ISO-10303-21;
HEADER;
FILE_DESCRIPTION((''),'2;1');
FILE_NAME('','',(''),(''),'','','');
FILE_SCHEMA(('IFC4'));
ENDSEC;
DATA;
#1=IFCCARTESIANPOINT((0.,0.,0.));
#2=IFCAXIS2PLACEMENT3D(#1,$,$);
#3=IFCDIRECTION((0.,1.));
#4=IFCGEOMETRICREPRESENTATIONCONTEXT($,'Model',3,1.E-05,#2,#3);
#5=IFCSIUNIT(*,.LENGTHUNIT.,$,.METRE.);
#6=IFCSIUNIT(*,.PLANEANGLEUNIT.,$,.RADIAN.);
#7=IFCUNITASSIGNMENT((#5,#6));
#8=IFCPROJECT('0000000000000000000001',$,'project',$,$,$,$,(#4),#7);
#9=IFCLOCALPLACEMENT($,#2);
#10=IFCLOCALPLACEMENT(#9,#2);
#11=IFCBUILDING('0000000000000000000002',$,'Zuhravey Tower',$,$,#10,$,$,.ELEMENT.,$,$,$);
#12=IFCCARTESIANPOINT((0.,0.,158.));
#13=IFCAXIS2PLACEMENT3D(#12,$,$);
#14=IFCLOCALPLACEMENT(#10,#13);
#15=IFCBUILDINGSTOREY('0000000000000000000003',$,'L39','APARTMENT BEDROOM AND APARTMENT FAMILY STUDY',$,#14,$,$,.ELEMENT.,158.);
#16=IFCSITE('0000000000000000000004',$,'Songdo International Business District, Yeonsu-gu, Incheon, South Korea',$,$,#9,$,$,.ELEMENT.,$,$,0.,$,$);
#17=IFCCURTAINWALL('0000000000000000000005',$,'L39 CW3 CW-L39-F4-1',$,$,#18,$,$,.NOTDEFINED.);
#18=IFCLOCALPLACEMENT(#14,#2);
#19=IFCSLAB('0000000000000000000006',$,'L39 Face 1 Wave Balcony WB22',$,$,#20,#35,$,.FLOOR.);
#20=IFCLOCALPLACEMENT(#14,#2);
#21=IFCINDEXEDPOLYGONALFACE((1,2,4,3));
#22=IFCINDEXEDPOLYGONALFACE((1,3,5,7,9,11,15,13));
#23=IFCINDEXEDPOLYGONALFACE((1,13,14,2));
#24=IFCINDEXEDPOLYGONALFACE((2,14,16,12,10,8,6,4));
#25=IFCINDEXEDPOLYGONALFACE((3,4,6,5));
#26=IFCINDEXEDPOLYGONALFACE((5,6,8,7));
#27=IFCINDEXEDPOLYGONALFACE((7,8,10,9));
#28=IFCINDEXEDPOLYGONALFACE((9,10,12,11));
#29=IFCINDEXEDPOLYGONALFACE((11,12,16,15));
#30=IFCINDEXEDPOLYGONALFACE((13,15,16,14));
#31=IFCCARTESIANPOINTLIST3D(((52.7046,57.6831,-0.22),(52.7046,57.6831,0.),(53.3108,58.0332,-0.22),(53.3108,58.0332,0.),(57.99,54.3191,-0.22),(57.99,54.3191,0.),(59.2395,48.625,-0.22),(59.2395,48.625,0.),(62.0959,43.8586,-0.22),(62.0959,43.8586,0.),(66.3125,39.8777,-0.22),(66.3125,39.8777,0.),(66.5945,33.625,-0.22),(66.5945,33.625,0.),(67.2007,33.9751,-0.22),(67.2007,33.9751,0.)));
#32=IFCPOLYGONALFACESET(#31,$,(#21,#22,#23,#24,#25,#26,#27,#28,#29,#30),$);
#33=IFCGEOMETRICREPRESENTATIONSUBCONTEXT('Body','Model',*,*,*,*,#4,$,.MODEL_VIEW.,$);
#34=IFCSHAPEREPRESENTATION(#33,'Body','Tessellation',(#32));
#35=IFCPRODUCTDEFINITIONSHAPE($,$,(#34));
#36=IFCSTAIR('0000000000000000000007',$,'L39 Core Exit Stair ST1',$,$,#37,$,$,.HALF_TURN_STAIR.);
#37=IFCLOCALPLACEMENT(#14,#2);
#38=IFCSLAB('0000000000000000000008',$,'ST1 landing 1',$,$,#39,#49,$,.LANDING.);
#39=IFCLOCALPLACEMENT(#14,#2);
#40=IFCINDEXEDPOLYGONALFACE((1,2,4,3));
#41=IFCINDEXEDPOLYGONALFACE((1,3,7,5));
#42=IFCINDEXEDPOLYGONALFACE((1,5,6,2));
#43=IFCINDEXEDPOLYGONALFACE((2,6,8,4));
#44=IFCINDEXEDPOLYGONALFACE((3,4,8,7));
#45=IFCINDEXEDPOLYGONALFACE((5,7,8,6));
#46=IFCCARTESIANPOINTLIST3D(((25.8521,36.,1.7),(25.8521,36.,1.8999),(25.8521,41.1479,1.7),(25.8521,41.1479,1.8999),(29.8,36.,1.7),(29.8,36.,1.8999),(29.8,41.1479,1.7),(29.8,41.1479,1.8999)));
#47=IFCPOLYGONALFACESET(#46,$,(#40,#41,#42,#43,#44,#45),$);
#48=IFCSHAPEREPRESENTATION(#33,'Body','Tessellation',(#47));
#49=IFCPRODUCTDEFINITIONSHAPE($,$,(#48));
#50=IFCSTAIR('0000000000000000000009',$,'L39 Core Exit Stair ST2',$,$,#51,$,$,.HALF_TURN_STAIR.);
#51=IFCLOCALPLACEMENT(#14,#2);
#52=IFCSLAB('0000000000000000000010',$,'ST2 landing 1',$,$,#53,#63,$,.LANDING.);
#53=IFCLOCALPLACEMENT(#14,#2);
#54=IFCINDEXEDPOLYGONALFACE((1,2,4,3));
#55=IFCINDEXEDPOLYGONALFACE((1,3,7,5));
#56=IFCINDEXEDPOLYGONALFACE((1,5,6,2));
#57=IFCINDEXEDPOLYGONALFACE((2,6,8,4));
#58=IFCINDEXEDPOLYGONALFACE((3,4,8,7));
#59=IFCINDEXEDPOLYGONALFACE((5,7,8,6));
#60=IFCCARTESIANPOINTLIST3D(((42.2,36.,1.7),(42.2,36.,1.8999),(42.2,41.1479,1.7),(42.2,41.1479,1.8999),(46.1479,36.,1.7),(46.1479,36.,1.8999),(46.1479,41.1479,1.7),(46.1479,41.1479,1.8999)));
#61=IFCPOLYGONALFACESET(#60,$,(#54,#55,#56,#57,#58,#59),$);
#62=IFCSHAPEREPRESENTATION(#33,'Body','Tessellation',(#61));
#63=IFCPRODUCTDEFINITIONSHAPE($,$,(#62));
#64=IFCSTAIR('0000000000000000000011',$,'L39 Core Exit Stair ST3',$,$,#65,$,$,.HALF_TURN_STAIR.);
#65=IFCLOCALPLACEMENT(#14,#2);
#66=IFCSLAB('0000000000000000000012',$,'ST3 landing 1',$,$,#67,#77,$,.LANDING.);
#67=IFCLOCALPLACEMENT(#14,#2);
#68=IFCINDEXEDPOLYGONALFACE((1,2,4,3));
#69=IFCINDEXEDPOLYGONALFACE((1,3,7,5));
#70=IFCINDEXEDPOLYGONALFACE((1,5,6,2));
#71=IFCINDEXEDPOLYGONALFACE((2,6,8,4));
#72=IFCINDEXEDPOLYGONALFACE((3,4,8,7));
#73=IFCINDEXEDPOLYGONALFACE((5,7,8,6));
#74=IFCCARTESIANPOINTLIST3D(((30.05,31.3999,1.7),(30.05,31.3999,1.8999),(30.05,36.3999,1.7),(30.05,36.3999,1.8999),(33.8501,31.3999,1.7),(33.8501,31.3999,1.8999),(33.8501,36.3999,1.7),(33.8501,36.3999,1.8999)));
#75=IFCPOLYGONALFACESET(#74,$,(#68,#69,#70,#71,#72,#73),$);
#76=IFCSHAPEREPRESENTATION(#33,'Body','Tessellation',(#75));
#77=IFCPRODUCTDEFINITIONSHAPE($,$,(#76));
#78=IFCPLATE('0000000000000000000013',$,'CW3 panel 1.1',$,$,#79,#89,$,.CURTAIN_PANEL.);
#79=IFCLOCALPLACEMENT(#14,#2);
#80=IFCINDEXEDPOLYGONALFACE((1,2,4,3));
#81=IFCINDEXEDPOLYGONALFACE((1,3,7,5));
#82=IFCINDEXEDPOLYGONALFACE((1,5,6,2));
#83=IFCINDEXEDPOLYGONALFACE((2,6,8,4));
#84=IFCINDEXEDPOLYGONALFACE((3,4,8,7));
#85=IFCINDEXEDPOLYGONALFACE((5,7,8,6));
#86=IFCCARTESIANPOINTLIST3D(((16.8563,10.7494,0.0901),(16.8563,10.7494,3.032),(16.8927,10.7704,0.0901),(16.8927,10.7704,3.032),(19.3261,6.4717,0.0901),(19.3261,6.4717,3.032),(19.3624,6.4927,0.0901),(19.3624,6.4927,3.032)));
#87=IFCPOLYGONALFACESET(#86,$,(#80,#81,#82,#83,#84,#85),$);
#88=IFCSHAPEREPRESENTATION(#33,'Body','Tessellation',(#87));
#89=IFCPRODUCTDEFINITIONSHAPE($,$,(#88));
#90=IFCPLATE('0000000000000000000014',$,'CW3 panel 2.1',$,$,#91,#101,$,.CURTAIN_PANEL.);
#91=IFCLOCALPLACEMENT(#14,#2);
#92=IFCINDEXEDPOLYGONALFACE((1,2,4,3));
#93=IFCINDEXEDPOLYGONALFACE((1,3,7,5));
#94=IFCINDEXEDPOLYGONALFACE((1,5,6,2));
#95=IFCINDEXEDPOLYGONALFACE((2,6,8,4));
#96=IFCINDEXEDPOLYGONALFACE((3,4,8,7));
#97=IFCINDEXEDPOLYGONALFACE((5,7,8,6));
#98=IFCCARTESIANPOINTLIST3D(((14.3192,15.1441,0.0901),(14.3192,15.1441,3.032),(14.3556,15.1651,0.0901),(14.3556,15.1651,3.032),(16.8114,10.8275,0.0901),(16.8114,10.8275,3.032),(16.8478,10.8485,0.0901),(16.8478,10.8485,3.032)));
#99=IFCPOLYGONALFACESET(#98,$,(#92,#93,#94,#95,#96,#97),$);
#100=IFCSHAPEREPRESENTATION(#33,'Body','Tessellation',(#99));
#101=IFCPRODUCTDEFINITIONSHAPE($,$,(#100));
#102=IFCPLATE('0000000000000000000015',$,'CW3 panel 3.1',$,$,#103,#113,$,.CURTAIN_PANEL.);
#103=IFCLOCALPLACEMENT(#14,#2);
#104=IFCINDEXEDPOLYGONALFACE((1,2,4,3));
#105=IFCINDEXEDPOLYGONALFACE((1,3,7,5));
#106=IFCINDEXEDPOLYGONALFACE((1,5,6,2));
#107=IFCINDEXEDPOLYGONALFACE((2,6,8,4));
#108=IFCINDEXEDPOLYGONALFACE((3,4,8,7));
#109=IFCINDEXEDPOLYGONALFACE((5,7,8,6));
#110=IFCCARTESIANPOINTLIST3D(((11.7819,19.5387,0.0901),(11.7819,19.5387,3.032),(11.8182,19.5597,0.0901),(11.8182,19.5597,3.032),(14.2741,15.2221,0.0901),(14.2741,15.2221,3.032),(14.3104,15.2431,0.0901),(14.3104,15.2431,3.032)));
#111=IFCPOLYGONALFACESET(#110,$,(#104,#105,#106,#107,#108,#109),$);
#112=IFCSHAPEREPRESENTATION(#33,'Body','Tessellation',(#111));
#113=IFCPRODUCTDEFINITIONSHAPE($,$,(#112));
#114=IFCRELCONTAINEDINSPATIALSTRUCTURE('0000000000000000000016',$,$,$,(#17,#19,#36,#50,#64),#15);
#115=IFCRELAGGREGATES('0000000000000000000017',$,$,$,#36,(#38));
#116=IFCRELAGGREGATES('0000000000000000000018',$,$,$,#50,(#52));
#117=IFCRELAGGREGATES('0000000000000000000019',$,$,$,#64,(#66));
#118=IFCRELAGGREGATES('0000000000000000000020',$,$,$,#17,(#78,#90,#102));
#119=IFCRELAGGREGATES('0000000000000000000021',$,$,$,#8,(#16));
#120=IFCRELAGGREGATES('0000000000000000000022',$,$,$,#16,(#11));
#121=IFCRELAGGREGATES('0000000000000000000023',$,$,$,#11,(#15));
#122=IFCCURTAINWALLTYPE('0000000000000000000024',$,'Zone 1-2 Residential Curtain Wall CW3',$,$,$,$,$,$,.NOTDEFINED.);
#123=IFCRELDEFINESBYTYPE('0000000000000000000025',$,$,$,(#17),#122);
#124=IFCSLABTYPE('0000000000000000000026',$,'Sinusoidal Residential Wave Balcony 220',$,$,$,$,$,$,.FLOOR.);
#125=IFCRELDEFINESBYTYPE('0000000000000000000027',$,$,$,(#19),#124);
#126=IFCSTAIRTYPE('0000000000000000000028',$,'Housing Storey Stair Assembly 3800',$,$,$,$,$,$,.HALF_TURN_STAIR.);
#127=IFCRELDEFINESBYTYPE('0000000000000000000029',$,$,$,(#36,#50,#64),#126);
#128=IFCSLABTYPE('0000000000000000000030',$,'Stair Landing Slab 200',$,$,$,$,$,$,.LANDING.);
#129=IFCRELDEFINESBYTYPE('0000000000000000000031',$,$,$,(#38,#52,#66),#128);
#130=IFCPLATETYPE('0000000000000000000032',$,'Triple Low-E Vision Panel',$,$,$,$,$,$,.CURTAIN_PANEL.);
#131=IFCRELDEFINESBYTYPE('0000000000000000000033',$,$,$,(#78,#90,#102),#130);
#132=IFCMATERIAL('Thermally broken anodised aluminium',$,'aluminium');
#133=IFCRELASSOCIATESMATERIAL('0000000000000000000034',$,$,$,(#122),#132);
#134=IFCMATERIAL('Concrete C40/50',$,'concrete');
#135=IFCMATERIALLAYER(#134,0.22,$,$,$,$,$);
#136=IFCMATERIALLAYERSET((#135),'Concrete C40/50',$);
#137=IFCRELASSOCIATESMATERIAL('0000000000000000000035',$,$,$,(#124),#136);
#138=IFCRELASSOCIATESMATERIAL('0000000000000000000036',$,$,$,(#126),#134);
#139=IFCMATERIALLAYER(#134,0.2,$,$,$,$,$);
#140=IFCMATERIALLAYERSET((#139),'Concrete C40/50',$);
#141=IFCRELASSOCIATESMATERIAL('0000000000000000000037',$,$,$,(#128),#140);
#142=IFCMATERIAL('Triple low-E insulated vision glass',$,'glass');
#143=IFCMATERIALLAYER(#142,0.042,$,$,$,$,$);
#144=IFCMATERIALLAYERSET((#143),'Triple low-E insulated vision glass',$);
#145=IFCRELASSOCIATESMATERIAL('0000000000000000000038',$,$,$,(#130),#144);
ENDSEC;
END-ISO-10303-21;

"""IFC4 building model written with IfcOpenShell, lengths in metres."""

from ifc_helpers import new_model, si_unit, direction, frame, origin, origin_2d, place, context, subcontext, project, spatial, polyline, rectangle, outline, extrude, material, layer, layer_set, type_object, element, aggregate, save


model = new_model("IFC4")

# Units and contexts
model_context = context("Model", 3, precision=1e-05, world=origin(), true_north=direction((0.0, 1.0)))
body_context = subcontext(model_context, "Body", "Model", "MODEL_VIEW")
ifc_project = project(units=[si_unit("LENGTHUNIT", "METRE"), si_unit("PLANEANGLEUNIT", "RADIAN")], contexts=[model_context])

# Site, building, storey
site_placement = place(None, origin())
site = spatial("IfcSite", under=ifc_project, at=site_placement, Name="Songdo International Business District, Yeonsu-gu, Incheon, South Korea", CompositionType="ELEMENT", RefElevation=0.0)
building_placement = place(site_placement, origin())
building = spatial("IfcBuilding", under=site, at=building_placement, Name="Zuhravey Tower", CompositionType="ELEMENT")
storey_placement = place(building_placement, frame((0.0, 0.0, 158.0)))
storey = spatial("IfcBuildingStorey", under=building, at=storey_placement, Name="L39", Description="APARTMENT BEDROOM AND APARTMENT FAMILY STUDY", CompositionType="ELEMENT", Elevation=158.0)

# Curtain wall
ifc_material_1 = material(Name="Thermally broken anodised aluminium", Category="aluminium")
curtain_wall_type = type_object("IfcCurtainWallType", Name="Zone 1-2 Residential Curtain Wall CW3", PredefinedType="NOTDEFINED", material=ifc_material_1)
curtain_wall_placement = place(storey_placement, origin())
curtain_wall = element("IfcCurtainWall", 1, at=curtain_wall_placement, inside=storey, type_object=curtain_wall_type, Name="L39 CW3 CW-L39-F4-1", PredefinedType="NOTDEFINED")

# Slab
ifc_material_2 = material(Name="Concrete C40/50", Category="concrete")
ifc_layer_1 = layer(ifc_material_2, 0.22)
ifc_layer_set_1 = layer_set([ifc_layer_1], Name="Concrete C40/50")
slab_type_1 = type_object("IfcSlabType", Name="Sinusoidal Residential Wave Balcony 220", PredefinedType="FLOOR", material=ifc_layer_set_1)
slab_1_placement = place(storey_placement, frame((0.0, 0.0, -0.22)))
element("IfcSlab", 2, at=slab_1_placement, inside=storey, type_object=slab_type_1, Name="L39 Face 1 Wave Balcony WB22", PredefinedType="FLOOR", context=body_context, shape_type="SweptSolid", body=[
    extrude(outline(polyline([(66.5945, 33.625), (52.7046, 57.6831), (53.3108, 58.0332), (57.99, 54.3191), (59.2395, 48.625), (62.0959, 43.8586), (66.3125, 39.8777), (67.2007, 33.9751), (66.5945, 33.625)])), origin(), (0.0, 0.0, 1.0), 0.22),
])

# Stairs, slabs
stair_type = type_object("IfcStairType", Name="Housing Storey Stair Assembly 3800", PredefinedType="HALF_TURN_STAIR", material=ifc_material_2)
stair_1_placement = place(storey_placement, origin())
stair_1 = element("IfcStair", 3, at=stair_1_placement, inside=storey, type_object=stair_type, Name="L39 Core Exit Stair ST1", PredefinedType="HALF_TURN_STAIR")
ifc_layer_2 = layer(ifc_material_2, 0.2)
ifc_layer_set_2 = layer_set([ifc_layer_2], Name="Concrete C40/50")
slab_type_2 = type_object("IfcSlabType", Name="Stair Landing Slab 200", PredefinedType="LANDING", material=ifc_layer_set_2)
slab_2_placement = place(storey_placement, frame((0.0, 0.0, 1.7)))
slab_2 = element("IfcSlab", 4, at=slab_2_placement, type_object=slab_type_2, Name="ST1 landing 1", PredefinedType="LANDING", context=body_context, shape_type="SweptSolid", body=[
    extrude(outline(polyline([(29.8, 36.0), (29.8, 41.1479), (25.8521, 41.1479), (25.8521, 36.0), (29.8, 36.0)])), origin(), (0.0, 0.0, 1.0), 0.2),
])
aggregate(stair_1, [slab_2])
stair_2_placement = place(storey_placement, origin())
stair_2 = element("IfcStair", 5, at=stair_2_placement, inside=storey, type_object=stair_type, Name="L39 Core Exit Stair ST2", PredefinedType="HALF_TURN_STAIR")
slab_3_placement = place(storey_placement, frame((0.0, 0.0, 1.7)))
slab_3 = element("IfcSlab", 6, at=slab_3_placement, type_object=slab_type_2, Name="ST2 landing 1", PredefinedType="LANDING", context=body_context, shape_type="SweptSolid", body=[
    extrude(outline(polyline([(46.1479, 36.0), (46.1479, 41.1479), (42.2, 41.1479), (42.2, 36.0), (46.1479, 36.0)])), origin(), (0.0, 0.0, 1.0), 0.2),
])
aggregate(stair_2, [slab_3])
stair_3_placement = place(storey_placement, origin())
stair_3 = element("IfcStair", 7, at=stair_3_placement, inside=storey, type_object=stair_type, Name="L39 Core Exit Stair ST3", PredefinedType="HALF_TURN_STAIR")
slab_4_placement = place(storey_placement, frame((0.0, 0.0, 1.7)))
slab_4 = element("IfcSlab", 8, at=slab_4_placement, type_object=slab_type_2, Name="ST3 landing 1", PredefinedType="LANDING", context=body_context, shape_type="SweptSolid", body=[
    extrude(outline(polyline([(30.05, 36.3999), (30.05, 31.3999), (33.8501, 31.3999), (33.8501, 36.3999), (30.05, 36.3999)])), origin(), (0.0, 0.0, 1.0), 0.2),
])
aggregate(stair_3, [slab_4])

# Plates
ifc_material_3 = material(Name="Triple low-E insulated vision glass", Category="glass")
ifc_layer_3 = layer(ifc_material_3, 0.042)
ifc_layer_set_3 = layer_set([ifc_layer_3], Name="Triple low-E insulated vision glass")
plate_type = type_object("IfcPlateType", Name="Triple Low-E Vision Panel", PredefinedType="CURTAIN_PANEL", material=ifc_layer_set_3)
plate_1_placement = place(storey_placement, frame((18.1094, 8.6211, 0.0901), z_axis=(0.0, 0.0, 1.0), x_axis=(-0.499999, 0.866026, 0.0)))
plate_1 = element("IfcPlate", 9, at=plate_1_placement, type_object=plate_type, Name="CW3 panel 1.1", PredefinedType="CURTAIN_PANEL", context=body_context, shape_type="SweptSolid", body=[
    extrude(rectangle(XDim=4.9395, YDim=0.042, at=origin_2d()), origin(), (0.0, 0.0, 1.0), 2.9419),
])
plate_2_placement = place(storey_placement, frame((15.5835, 12.9963, 0.0901), z_axis=(0.0, 0.0, 1.0), x_axis=(-0.499999, 0.866026, 0.0)))
plate_2 = element("IfcPlate", 10, at=plate_2_placement, type_object=plate_type, Name="CW3 panel 2.1", PredefinedType="CURTAIN_PANEL", context=body_context, shape_type="SweptSolid", body=[
    extrude(rectangle(XDim=4.9844, YDim=0.042, at=origin_2d()), origin(), (0.0, 0.0, 1.0), 2.9419),
])
plate_3_placement = place(storey_placement, frame((13.0461, 17.3909, 0.0901), z_axis=(0.0, 0.0, 1.0), x_axis=(-0.499999, 0.866026, 0.0)))
plate_3 = element("IfcPlate", 11, at=plate_3_placement, type_object=plate_type, Name="CW3 panel 3.1", PredefinedType="CURTAIN_PANEL", context=body_context, shape_type="SweptSolid", body=[
    extrude(rectangle(XDim=4.9844, YDim=0.042, at=origin_2d()), origin(), (0.0, 0.0, 1.0), 2.9419),
])
aggregate(curtain_wall, [plate_1, plate_2, plate_3])

save(model, "model.ifc")
